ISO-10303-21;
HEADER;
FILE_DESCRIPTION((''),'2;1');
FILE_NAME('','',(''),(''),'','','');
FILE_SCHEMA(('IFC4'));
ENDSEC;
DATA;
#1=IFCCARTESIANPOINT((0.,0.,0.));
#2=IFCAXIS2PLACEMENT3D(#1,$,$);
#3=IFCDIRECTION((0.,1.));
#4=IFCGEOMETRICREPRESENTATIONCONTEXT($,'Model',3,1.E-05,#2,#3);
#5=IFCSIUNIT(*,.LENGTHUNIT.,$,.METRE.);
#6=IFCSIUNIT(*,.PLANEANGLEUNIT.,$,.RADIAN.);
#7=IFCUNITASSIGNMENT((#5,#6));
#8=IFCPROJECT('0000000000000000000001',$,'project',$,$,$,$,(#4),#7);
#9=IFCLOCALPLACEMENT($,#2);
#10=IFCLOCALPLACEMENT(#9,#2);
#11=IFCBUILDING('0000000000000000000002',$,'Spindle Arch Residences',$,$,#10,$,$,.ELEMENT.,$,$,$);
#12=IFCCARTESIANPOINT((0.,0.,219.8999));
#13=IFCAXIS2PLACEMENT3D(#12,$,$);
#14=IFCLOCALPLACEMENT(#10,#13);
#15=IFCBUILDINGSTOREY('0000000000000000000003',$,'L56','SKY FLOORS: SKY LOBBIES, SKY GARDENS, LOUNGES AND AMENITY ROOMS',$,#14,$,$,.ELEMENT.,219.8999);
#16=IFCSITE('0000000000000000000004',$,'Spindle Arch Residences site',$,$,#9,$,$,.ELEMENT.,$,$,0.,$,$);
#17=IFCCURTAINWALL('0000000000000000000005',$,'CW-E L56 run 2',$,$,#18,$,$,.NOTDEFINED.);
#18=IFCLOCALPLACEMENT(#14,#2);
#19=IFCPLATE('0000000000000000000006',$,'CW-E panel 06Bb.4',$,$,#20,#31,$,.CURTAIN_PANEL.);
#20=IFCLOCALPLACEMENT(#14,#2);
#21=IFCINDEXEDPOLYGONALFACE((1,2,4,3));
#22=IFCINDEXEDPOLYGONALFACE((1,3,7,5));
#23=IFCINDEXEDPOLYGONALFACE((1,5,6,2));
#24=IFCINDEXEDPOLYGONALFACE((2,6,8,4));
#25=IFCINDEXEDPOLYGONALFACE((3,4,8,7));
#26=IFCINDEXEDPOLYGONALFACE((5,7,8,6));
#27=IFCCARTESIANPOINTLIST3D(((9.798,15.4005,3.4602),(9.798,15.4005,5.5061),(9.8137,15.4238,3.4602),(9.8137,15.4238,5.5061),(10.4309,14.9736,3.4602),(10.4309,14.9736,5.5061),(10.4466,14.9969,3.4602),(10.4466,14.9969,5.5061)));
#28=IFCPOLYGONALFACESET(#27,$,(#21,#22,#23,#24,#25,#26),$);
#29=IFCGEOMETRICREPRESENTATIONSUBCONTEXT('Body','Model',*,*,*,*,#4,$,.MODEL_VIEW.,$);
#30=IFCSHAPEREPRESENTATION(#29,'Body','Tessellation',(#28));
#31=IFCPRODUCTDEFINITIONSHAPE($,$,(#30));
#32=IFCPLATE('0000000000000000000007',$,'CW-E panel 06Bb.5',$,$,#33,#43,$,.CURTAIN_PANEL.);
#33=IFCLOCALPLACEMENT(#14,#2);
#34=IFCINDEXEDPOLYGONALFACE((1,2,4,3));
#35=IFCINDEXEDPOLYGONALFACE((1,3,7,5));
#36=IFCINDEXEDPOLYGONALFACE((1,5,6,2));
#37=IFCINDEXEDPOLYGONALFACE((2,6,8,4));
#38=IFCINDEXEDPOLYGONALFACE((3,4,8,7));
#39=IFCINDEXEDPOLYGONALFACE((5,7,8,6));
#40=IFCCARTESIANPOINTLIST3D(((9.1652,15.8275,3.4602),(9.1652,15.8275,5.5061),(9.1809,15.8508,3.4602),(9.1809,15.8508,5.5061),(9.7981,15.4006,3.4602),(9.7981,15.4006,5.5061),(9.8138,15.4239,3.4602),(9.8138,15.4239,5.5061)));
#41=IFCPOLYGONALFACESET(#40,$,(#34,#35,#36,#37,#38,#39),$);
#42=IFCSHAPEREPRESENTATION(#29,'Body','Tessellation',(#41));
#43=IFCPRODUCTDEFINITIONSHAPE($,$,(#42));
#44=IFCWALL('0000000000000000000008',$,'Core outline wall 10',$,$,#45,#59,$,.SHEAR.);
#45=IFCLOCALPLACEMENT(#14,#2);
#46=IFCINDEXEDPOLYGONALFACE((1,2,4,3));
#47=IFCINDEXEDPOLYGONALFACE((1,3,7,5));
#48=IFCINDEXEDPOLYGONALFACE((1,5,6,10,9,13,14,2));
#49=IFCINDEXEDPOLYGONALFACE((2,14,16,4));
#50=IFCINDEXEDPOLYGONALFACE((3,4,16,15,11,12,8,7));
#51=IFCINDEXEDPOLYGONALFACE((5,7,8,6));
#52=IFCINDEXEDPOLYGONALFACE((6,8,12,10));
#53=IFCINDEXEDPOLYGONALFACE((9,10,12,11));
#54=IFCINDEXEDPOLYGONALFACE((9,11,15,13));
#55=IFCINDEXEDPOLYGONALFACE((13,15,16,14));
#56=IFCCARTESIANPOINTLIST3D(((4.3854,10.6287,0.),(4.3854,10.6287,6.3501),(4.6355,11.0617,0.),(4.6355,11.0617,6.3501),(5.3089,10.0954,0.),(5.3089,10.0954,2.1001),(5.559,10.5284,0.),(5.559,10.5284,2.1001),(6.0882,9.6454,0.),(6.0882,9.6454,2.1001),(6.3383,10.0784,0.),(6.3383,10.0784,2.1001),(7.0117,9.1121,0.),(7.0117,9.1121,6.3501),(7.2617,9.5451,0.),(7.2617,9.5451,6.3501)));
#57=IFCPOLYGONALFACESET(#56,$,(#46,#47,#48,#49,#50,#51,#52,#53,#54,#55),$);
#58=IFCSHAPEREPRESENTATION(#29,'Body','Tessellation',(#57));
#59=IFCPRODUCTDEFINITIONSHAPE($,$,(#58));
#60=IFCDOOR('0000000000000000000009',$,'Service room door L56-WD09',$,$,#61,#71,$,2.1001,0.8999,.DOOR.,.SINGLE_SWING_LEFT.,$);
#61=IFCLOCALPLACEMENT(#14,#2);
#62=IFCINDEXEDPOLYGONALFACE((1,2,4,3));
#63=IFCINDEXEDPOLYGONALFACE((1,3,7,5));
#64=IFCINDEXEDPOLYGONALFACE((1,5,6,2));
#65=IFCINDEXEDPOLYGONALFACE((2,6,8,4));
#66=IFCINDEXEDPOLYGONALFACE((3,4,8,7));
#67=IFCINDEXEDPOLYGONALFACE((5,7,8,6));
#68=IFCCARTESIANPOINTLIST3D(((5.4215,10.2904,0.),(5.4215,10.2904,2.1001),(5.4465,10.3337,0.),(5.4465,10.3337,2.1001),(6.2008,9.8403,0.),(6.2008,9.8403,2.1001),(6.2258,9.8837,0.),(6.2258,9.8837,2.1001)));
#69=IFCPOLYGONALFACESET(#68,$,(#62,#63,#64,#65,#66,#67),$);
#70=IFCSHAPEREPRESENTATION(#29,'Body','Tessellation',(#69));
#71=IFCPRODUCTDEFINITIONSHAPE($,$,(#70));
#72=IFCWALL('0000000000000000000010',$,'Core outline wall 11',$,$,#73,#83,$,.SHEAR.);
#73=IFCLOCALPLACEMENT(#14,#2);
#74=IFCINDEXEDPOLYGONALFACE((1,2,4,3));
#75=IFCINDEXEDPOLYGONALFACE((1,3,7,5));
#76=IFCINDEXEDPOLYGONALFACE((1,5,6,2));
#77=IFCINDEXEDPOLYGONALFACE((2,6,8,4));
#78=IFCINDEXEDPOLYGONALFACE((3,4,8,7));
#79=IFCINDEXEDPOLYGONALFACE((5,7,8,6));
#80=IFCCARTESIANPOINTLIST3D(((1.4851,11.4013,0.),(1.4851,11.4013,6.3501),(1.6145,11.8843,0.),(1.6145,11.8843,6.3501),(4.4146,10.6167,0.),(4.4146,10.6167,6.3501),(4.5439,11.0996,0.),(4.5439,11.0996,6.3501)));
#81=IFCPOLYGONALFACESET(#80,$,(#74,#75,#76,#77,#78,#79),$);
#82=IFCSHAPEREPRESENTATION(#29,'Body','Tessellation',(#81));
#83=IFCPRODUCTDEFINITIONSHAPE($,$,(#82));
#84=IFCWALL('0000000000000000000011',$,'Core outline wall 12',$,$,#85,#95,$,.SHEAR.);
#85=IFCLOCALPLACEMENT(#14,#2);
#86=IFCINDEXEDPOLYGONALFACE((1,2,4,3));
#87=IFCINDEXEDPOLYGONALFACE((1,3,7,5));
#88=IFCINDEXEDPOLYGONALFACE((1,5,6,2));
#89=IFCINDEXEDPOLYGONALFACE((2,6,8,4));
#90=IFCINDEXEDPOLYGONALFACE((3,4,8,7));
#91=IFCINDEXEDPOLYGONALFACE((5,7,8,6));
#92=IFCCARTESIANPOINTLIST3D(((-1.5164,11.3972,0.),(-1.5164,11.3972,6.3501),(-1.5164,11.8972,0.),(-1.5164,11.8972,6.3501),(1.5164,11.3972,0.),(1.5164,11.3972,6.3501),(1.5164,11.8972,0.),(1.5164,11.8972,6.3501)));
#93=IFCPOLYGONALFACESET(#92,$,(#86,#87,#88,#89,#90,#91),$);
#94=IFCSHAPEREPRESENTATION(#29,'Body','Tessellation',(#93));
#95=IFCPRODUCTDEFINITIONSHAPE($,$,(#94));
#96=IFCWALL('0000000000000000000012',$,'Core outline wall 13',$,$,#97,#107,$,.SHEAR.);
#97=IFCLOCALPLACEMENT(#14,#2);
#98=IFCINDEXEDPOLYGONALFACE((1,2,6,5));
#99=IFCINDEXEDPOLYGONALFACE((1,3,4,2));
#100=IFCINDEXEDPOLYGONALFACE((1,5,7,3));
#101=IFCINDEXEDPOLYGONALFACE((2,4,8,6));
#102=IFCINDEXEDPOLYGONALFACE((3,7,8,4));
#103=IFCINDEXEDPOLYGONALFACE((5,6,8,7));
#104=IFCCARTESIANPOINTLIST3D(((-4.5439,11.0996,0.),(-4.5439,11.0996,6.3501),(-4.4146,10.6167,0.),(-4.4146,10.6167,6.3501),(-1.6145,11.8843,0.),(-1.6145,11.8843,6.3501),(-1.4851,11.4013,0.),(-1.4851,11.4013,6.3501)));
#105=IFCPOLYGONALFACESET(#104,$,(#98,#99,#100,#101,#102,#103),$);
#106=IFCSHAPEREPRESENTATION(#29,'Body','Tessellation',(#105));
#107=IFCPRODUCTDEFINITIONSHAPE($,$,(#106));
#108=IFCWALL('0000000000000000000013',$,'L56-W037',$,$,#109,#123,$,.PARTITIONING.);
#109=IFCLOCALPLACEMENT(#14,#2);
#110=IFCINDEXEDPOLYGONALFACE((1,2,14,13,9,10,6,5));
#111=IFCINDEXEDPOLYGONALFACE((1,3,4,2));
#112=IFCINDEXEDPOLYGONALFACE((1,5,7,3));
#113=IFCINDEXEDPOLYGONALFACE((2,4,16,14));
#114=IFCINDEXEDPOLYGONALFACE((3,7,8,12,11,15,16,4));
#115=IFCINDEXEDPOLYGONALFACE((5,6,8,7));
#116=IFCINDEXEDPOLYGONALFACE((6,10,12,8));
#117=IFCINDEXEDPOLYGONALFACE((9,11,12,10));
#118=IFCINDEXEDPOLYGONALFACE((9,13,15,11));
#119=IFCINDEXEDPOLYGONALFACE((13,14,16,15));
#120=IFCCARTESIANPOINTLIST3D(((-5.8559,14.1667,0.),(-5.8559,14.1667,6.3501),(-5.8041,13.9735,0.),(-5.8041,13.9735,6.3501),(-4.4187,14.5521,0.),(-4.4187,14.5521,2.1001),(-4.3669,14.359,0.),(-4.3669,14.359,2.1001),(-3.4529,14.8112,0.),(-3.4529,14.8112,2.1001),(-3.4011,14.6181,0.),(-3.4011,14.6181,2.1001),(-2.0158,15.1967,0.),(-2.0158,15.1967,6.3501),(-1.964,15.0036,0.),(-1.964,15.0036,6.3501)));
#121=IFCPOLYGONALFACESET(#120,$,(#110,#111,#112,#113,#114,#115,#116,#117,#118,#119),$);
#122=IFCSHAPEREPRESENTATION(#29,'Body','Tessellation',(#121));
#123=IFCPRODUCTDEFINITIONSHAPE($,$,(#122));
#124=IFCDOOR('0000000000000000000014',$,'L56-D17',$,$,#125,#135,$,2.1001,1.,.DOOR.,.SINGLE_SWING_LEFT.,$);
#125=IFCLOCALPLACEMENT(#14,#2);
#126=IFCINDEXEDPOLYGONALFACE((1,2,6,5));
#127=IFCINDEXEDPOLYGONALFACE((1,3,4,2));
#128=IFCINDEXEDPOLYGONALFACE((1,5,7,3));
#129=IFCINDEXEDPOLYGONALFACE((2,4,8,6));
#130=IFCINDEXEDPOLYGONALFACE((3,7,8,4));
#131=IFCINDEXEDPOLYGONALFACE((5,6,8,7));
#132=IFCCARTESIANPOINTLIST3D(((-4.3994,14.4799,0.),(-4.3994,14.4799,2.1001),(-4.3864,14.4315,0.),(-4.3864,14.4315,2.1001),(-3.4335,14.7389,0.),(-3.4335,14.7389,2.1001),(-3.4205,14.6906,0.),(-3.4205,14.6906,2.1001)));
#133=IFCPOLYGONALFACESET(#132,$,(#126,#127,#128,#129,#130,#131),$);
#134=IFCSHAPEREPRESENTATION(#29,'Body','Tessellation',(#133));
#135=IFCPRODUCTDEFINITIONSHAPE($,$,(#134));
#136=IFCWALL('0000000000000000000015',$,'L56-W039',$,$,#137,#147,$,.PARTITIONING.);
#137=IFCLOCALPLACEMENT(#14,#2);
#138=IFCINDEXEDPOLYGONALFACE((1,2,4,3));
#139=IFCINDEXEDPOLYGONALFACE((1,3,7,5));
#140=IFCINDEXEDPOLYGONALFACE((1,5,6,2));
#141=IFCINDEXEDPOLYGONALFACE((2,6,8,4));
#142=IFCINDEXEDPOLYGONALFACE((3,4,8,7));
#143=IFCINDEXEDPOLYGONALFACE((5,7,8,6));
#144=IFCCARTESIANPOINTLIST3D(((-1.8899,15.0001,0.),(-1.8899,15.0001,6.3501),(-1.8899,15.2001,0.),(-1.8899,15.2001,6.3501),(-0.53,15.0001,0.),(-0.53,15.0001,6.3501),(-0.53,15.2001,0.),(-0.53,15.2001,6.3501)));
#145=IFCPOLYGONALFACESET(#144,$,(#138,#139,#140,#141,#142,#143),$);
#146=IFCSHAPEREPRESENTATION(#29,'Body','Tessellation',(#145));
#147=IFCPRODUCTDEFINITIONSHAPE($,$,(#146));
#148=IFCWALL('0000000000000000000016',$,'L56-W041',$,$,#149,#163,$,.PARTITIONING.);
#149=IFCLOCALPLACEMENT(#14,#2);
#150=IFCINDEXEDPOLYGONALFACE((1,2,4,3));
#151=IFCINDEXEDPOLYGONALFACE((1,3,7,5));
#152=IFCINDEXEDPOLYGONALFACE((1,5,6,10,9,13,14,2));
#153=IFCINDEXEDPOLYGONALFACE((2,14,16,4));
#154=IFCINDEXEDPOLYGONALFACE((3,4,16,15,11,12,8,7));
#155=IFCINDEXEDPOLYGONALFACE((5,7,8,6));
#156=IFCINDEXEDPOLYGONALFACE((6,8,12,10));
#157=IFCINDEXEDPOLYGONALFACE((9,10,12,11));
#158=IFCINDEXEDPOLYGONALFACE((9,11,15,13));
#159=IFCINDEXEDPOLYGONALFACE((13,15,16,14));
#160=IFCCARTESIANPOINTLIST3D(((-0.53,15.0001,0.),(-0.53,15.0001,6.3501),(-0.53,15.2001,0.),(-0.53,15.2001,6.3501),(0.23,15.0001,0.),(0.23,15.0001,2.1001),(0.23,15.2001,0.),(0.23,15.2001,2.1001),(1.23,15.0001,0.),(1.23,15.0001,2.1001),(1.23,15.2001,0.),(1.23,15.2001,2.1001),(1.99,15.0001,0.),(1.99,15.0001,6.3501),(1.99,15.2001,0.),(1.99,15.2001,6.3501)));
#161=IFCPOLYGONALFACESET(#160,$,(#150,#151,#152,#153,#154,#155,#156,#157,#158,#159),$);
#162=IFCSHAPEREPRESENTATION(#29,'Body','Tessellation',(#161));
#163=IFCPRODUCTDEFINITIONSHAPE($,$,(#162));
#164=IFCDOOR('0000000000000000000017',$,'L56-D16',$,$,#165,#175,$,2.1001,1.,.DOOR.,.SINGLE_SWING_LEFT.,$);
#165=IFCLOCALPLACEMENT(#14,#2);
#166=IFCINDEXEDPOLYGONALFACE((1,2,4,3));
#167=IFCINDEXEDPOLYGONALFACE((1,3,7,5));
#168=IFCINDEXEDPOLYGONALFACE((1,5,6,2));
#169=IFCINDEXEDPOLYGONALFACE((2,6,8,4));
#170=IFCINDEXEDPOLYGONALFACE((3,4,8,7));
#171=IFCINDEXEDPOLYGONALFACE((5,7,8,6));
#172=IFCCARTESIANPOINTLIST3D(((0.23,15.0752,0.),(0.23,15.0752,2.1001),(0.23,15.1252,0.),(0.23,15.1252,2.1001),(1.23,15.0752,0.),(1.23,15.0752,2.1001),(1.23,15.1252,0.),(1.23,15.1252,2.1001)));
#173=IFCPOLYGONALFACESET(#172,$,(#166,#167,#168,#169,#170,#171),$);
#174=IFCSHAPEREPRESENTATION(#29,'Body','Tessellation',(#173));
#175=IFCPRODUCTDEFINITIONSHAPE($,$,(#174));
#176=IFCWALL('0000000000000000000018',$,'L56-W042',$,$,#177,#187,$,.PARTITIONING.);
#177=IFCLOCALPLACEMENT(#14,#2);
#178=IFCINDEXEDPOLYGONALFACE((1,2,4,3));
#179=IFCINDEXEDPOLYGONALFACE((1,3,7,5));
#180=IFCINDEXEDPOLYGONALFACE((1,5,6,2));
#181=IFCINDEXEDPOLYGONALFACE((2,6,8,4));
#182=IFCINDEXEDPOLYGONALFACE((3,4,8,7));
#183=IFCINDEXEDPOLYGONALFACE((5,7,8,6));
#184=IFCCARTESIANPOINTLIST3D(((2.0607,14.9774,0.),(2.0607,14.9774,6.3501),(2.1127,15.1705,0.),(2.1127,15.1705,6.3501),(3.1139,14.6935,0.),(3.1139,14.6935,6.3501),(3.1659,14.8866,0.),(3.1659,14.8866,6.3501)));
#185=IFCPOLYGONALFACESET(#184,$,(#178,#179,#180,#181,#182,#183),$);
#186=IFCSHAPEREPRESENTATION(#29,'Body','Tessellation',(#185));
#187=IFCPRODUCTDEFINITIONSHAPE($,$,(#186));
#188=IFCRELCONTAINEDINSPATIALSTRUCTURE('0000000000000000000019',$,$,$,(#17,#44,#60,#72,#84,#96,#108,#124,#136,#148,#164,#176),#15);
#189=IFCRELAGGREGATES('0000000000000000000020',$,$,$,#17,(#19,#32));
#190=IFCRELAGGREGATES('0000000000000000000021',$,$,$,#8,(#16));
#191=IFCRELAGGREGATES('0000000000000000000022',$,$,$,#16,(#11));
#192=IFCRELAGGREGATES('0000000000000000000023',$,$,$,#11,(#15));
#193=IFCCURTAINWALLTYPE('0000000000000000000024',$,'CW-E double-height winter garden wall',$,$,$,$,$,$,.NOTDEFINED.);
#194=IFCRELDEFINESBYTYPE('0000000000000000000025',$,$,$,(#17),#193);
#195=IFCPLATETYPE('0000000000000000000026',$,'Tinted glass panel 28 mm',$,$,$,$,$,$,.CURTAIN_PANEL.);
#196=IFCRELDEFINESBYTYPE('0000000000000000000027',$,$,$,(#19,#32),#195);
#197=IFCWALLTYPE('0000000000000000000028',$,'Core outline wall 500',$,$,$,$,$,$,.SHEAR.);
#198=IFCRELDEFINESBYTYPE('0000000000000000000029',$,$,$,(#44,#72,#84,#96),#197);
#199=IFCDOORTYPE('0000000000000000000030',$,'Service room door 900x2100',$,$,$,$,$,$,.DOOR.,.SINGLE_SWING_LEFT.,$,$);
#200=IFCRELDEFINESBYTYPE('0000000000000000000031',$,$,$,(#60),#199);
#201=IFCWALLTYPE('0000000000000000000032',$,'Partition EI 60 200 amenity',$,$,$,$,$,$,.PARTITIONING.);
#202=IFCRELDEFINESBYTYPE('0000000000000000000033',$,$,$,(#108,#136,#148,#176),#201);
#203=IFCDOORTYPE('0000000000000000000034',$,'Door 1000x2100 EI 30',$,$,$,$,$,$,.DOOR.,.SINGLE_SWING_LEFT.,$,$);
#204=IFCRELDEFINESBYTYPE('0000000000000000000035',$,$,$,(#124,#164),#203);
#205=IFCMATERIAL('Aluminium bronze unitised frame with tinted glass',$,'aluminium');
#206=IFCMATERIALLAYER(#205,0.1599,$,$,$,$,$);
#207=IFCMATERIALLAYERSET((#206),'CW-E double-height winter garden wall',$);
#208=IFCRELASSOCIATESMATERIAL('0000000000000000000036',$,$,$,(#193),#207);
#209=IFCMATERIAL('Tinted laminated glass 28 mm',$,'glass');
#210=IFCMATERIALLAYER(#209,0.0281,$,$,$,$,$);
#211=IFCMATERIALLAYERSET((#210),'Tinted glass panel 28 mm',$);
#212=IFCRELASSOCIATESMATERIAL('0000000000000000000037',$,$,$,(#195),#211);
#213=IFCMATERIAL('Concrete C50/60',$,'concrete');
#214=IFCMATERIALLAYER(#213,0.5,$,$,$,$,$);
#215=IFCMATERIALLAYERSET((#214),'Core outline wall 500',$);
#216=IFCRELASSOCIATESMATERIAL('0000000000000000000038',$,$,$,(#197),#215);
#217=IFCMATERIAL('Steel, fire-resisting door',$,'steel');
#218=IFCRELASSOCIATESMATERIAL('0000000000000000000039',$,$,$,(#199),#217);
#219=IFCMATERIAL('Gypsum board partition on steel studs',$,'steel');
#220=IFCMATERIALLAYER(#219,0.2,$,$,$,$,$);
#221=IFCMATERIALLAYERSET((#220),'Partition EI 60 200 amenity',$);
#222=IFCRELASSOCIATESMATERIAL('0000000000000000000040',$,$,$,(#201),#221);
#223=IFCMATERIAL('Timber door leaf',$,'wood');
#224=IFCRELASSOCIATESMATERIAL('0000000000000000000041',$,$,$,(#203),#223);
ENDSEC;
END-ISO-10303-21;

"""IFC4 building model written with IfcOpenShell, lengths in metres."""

from ifc_helpers import new_model, si_unit, direction, frame, frame_2d, origin, origin_2d, place, context, subcontext, project, spatial, rectangle, extrude, material, layer, layer_set, type_object, element, fill, aggregate, save


model = new_model("IFC4")

# Units and contexts
model_context = context("Model", 3, precision=1e-05, world=origin(), true_north=direction((0.0, 1.0)))
body_context = subcontext(model_context, "Body", "Model", "MODEL_VIEW")
ifc_project = project(units=[si_unit("LENGTHUNIT", "METRE"), si_unit("PLANEANGLEUNIT", "RADIAN")], contexts=[model_context])

# Site, building, storey
site_placement = place(None, origin())
site = spatial("IfcSite", under=ifc_project, at=site_placement, Name="Spindle Arch Residences site", CompositionType="ELEMENT", RefElevation=0.0)
building_placement = place(site_placement, origin())
building = spatial("IfcBuilding", under=site, at=building_placement, Name="Spindle Arch Residences", CompositionType="ELEMENT")
storey_placement = place(building_placement, frame((0.0, 0.0, 219.8999)))
storey = spatial("IfcBuildingStorey", under=building, at=storey_placement, Name="L56", Description="SKY FLOORS: SKY LOBBIES, SKY GARDENS, LOUNGES AND AMENITY ROOMS", CompositionType="ELEMENT", Elevation=219.8999)

# Curtain wall, plates
ifc_material_1 = material(Name="Aluminium bronze unitised frame with tinted glass", Category="aluminium")
ifc_layer_1 = layer(ifc_material_1, 0.1599)
ifc_layer_set_1 = layer_set([ifc_layer_1], Name="CW-E double-height winter garden wall")
curtain_wall_type = type_object("IfcCurtainWallType", Name="CW-E double-height winter garden wall", PredefinedType="NOTDEFINED", material=ifc_layer_set_1)
curtain_wall_placement = place(storey_placement, origin())
curtain_wall = element("IfcCurtainWall", 1, at=curtain_wall_placement, inside=storey, type_object=curtain_wall_type, Name="CW-E L56 run 2", PredefinedType="NOTDEFINED")
ifc_material_2 = material(Name="Tinted laminated glass 28 mm", Category="glass")
ifc_layer_2 = layer(ifc_material_2, 0.0281)
ifc_layer_set_2 = layer_set([ifc_layer_2], Name="Tinted glass panel 28 mm")
plate_type = type_object("IfcPlateType", Name="Tinted glass panel 28 mm", PredefinedType="CURTAIN_PANEL", material=ifc_layer_set_2)
plate_1_placement = place(storey_placement, frame((10.1223, 15.1987, 3.4602), z_axis=(0.0, 0.0, 1.0), x_axis=(-0.829038, 0.559193, 0.0)))
plate_1 = element("IfcPlate", 2, at=plate_1_placement, type_object=plate_type, Name="CW-E panel 06Bb.4", PredefinedType="CURTAIN_PANEL", context=body_context, shape_type="SweptSolid", body=[
    extrude(rectangle(XDim=0.7634, YDim=0.0281, at=origin_2d()), origin(), (0.0, 0.0, 1.0), 2.0459),
])
plate_2_placement = place(storey_placement, frame((9.4895, 15.6257, 3.4602), z_axis=(0.0, 0.0, 1.0), x_axis=(-0.829038, 0.559193, 0.0)))
plate_2 = element("IfcPlate", 3, at=plate_2_placement, type_object=plate_type, Name="CW-E panel 06Bb.5", PredefinedType="CURTAIN_PANEL", context=body_context, shape_type="SweptSolid", body=[
    extrude(rectangle(XDim=0.7634, YDim=0.0281, at=origin_2d()), origin(), (0.0, 0.0, 1.0), 2.0459),
])
aggregate(curtain_wall, [plate_1, plate_2])

# Wall, opening, door
ifc_material_3 = material(Name="Concrete C50/60", Category="concrete")
ifc_layer_3 = layer(ifc_material_3, 0.5)
ifc_layer_set_3 = layer_set([ifc_layer_3], Name="Core outline wall 500")
wall_type_1 = type_object("IfcWallType", Name="Core outline wall 500", PredefinedType="SHEAR", material=ifc_layer_set_3)
wall_1_placement = place(storey_placement, frame((7.1367, 9.3286, 0.0), z_axis=(0.0, 0.0, 1.0), x_axis=(-0.865975, 0.500087, 0.0)))
wall_1 = element("IfcWall", 4, at=wall_1_placement, inside=storey, type_object=wall_type_1, Name="Core outline wall 10", PredefinedType="SHEAR", context=body_context, shape_type="SweptSolid", body=[
    extrude(rectangle(XDim=3.0327, YDim=0.5, at=frame_2d((1.5164, 0.0))), origin(), (0.0, 0.0, 1.0), 6.3501),
])
opening_1_placement = place(wall_1_placement, frame((1.0664, 0.0, 0.0)))
opening_1 = element("IfcOpeningElement", 5, at=opening_1_placement, cuts=wall_1, PredefinedType="OPENING", context=body_context, shape_type="SweptSolid", body=[
    extrude(rectangle(XDim=0.8999, YDim=2.1001, at=frame_2d((0.45, 1.05))), frame((0.0, 0.26, 0.0), z_axis=(0.0, -1.0, 0.0), x_axis=(1.0, 0.0, 0.0)), (0.0, 0.0, 1.0), 0.52),
])
ifc_material_4 = material(Name="Steel, fire-resisting door", Category="steel")
door_type_1 = type_object("IfcDoorType", Name="Service room door 900x2100", OperationType="SINGLE_SWING_LEFT", PredefinedType="DOOR", material=ifc_material_4)
door_1_placement = place(opening_1_placement, origin())
door_1 = element("IfcDoor", 6, at=door_1_placement, inside=storey, type_object=door_type_1, Name="Service room door L56-WD09", OperationType="SINGLE_SWING_LEFT", OverallHeight=2.1001, OverallWidth=0.8999, PredefinedType="DOOR", context=body_context, shape_type="SweptSolid", body=[
    extrude(rectangle(XDim=0.8999, YDim=2.1001, at=frame_2d((0.45, 1.05))), frame((0.0, 0.0249, 0.0), z_axis=(0.0, -1.0, 0.0), x_axis=(1.0, 0.0, 0.0)), (0.0, 0.0, 1.0), 0.05),
])
fill(opening_1, door_1)

# Walls
for number, where, z_axis, x_axis, name in (
    (7, (4.4792, 10.8582, 0.0), (0.0, 0.0, 1.0), (-0.965948, 0.258735, 0.0), "Core outline wall 11"),
    (8, (1.5164, 11.6472, 0.0), (0.0, 0.0, 1.0), (-1.0, 0.0, 0.0), "Core outline wall 12"),
    (9, (-1.5498, 11.6428, 0.0), (0.0, 0.0, 1.0), (-0.965948, -0.258735, 0.0), "Core outline wall 13"),
):
    element("IfcWall", number, at=place(storey_placement, frame(where, z_axis=z_axis, x_axis=x_axis)), inside=storey, type_object=wall_type_1, Name=name, PredefinedType="SHEAR", context=body_context, shape_type="SweptSolid", body=[
        extrude(rectangle(XDim=3.0327, YDim=0.5, at=frame_2d((1.5164, 0.0))), origin(), (0.0, 0.0, 1.0), 6.3501),
    ])

# Wall, opening, door
ifc_material_5 = material(Name="Gypsum board partition on steel studs", Category="steel")
ifc_layer_4 = layer(ifc_material_5, 0.2)
ifc_layer_set_4 = layer_set([ifc_layer_4], Name="Partition EI 60 200 amenity")
wall_type_2 = type_object("IfcWallType", Name="Partition EI 60 200 amenity", PredefinedType="PARTITIONING", material=ifc_layer_set_4)
wall_2_placement = place(storey_placement, frame((-1.99, 15.1001, 0.0), z_axis=(0.0, 0.0, 1.0), x_axis=(-0.965858, -0.259073, 0.0)))
wall_2 = element("IfcWall", 10, at=wall_2_placement, inside=storey, type_object=wall_type_2, Name="L56-W037", PredefinedType="PARTITIONING", context=body_context, shape_type="SweptSolid", body=[
    extrude(rectangle(XDim=3.9758, YDim=0.2, at=frame_2d((1.9878, 0.0))), origin(), (0.0, 0.0, 1.0), 6.3501),
])
opening_2_placement = place(wall_2_placement, frame((1.4878, 0.0, 0.0)))
opening_2 = element("IfcOpeningElement", 11, at=opening_2_placement, cuts=wall_2, PredefinedType="OPENING", context=body_context, shape_type="SweptSolid", body=[
    extrude(rectangle(XDim=1.0, YDim=2.1001, at=frame_2d((0.5, 1.05))), frame((0.0, 0.1099, 0.0), z_axis=(0.0, -1.0, 0.0), x_axis=(1.0, 0.0, 0.0)), (0.0, 0.0, 1.0), 0.22),
])
ifc_material_6 = material(Name="Timber door leaf", Category="wood")
door_type_2 = type_object("IfcDoorType", Name="Door 1000x2100 EI 30", OperationType="SINGLE_SWING_LEFT", PredefinedType="DOOR", material=ifc_material_6)
door_2_placement = place(opening_2_placement, origin())
door_2 = element("IfcDoor", 12, at=door_2_placement, inside=storey, type_object=door_type_2, Name="L56-D17", OperationType="SINGLE_SWING_LEFT", OverallHeight=2.1001, OverallWidth=1.0, PredefinedType="DOOR", context=body_context, shape_type="SweptSolid", body=[
    extrude(rectangle(XDim=1.0, YDim=2.1001, at=frame_2d((0.5, 1.05))), frame((0.0, 0.0249, 0.0), z_axis=(0.0, -1.0, 0.0), x_axis=(1.0, 0.0, 0.0)), (0.0, 0.0, 1.0), 0.05),
])
fill(opening_2, door_2)

# Wall
wall_3_placement = place(storey_placement, frame((-0.53, 15.1001, 0.0), z_axis=(0.0, 0.0, 1.0), x_axis=(-1.0, 0.0, 0.0)))
element("IfcWall", 13, at=wall_3_placement, inside=storey, type_object=wall_type_2, Name="L56-W039", PredefinedType="PARTITIONING", context=body_context, shape_type="SweptSolid", body=[
    extrude(rectangle(XDim=1.3599, YDim=0.2, at=frame_2d((0.6799, 0.0))), origin(), (0.0, 0.0, 1.0), 6.3501),
])

# Wall, opening, door
wall_4_placement = place(storey_placement, frame((1.99, 15.1001, 0.0), z_axis=(0.0, 0.0, 1.0), x_axis=(-1.0, 0.0, 0.0)))
wall_4 = element("IfcWall", 14, at=wall_4_placement, inside=storey, type_object=wall_type_2, Name="L56-W041", PredefinedType="PARTITIONING", context=body_context, shape_type="SweptSolid", body=[
    extrude(rectangle(XDim=2.52, YDim=0.2, at=frame_2d((1.26, 0.0))), origin(), (0.0, 0.0, 1.0), 6.3501),
])
opening_3_placement = place(wall_4_placement, frame((0.76, 0.0, 0.0)))
opening_3 = element("IfcOpeningElement", 15, at=opening_3_placement, cuts=wall_4, PredefinedType="OPENING", context=body_context, shape_type="SweptSolid", body=[
    extrude(rectangle(XDim=1.0, YDim=2.1001, at=frame_2d((0.5, 1.05))), frame((0.0, 0.1099, 0.0), z_axis=(0.0, -1.0, 0.0), x_axis=(1.0, 0.0, 0.0)), (0.0, 0.0, 1.0), 0.22),
])
door_3_placement = place(opening_3_placement, origin())
door_3 = element("IfcDoor", 16, at=door_3_placement, inside=storey, type_object=door_type_2, Name="L56-D16", OperationType="SINGLE_SWING_LEFT", OverallHeight=2.1001, OverallWidth=1.0, PredefinedType="DOOR", context=body_context, shape_type="SweptSolid", body=[
    extrude(rectangle(XDim=1.0, YDim=2.1001, at=frame_2d((0.5, 1.05))), frame((0.0, 0.0249, 0.0), z_axis=(0.0, -1.0, 0.0), x_axis=(1.0, 0.0, 0.0)), (0.0, 0.0, 1.0), 0.05),
])
fill(opening_3, door_3)

# Wall
wall_5_placement = place(storey_placement, frame((3.1399, 14.79, 0.0), z_axis=(0.0, 0.0, 1.0), x_axis=(-0.965529, 0.260295, 0.0)))
element("IfcWall", 17, at=wall_5_placement, inside=storey, type_object=wall_type_2, Name="L56-W042", PredefinedType="PARTITIONING", context=body_context, shape_type="SweptSolid", body=[
    extrude(rectangle(XDim=1.0908, YDim=0.2, at=frame_2d((0.5454, 0.0))), origin(), (0.0, 0.0, 1.0), 6.3501),
])

save(model, "model.ifc")
